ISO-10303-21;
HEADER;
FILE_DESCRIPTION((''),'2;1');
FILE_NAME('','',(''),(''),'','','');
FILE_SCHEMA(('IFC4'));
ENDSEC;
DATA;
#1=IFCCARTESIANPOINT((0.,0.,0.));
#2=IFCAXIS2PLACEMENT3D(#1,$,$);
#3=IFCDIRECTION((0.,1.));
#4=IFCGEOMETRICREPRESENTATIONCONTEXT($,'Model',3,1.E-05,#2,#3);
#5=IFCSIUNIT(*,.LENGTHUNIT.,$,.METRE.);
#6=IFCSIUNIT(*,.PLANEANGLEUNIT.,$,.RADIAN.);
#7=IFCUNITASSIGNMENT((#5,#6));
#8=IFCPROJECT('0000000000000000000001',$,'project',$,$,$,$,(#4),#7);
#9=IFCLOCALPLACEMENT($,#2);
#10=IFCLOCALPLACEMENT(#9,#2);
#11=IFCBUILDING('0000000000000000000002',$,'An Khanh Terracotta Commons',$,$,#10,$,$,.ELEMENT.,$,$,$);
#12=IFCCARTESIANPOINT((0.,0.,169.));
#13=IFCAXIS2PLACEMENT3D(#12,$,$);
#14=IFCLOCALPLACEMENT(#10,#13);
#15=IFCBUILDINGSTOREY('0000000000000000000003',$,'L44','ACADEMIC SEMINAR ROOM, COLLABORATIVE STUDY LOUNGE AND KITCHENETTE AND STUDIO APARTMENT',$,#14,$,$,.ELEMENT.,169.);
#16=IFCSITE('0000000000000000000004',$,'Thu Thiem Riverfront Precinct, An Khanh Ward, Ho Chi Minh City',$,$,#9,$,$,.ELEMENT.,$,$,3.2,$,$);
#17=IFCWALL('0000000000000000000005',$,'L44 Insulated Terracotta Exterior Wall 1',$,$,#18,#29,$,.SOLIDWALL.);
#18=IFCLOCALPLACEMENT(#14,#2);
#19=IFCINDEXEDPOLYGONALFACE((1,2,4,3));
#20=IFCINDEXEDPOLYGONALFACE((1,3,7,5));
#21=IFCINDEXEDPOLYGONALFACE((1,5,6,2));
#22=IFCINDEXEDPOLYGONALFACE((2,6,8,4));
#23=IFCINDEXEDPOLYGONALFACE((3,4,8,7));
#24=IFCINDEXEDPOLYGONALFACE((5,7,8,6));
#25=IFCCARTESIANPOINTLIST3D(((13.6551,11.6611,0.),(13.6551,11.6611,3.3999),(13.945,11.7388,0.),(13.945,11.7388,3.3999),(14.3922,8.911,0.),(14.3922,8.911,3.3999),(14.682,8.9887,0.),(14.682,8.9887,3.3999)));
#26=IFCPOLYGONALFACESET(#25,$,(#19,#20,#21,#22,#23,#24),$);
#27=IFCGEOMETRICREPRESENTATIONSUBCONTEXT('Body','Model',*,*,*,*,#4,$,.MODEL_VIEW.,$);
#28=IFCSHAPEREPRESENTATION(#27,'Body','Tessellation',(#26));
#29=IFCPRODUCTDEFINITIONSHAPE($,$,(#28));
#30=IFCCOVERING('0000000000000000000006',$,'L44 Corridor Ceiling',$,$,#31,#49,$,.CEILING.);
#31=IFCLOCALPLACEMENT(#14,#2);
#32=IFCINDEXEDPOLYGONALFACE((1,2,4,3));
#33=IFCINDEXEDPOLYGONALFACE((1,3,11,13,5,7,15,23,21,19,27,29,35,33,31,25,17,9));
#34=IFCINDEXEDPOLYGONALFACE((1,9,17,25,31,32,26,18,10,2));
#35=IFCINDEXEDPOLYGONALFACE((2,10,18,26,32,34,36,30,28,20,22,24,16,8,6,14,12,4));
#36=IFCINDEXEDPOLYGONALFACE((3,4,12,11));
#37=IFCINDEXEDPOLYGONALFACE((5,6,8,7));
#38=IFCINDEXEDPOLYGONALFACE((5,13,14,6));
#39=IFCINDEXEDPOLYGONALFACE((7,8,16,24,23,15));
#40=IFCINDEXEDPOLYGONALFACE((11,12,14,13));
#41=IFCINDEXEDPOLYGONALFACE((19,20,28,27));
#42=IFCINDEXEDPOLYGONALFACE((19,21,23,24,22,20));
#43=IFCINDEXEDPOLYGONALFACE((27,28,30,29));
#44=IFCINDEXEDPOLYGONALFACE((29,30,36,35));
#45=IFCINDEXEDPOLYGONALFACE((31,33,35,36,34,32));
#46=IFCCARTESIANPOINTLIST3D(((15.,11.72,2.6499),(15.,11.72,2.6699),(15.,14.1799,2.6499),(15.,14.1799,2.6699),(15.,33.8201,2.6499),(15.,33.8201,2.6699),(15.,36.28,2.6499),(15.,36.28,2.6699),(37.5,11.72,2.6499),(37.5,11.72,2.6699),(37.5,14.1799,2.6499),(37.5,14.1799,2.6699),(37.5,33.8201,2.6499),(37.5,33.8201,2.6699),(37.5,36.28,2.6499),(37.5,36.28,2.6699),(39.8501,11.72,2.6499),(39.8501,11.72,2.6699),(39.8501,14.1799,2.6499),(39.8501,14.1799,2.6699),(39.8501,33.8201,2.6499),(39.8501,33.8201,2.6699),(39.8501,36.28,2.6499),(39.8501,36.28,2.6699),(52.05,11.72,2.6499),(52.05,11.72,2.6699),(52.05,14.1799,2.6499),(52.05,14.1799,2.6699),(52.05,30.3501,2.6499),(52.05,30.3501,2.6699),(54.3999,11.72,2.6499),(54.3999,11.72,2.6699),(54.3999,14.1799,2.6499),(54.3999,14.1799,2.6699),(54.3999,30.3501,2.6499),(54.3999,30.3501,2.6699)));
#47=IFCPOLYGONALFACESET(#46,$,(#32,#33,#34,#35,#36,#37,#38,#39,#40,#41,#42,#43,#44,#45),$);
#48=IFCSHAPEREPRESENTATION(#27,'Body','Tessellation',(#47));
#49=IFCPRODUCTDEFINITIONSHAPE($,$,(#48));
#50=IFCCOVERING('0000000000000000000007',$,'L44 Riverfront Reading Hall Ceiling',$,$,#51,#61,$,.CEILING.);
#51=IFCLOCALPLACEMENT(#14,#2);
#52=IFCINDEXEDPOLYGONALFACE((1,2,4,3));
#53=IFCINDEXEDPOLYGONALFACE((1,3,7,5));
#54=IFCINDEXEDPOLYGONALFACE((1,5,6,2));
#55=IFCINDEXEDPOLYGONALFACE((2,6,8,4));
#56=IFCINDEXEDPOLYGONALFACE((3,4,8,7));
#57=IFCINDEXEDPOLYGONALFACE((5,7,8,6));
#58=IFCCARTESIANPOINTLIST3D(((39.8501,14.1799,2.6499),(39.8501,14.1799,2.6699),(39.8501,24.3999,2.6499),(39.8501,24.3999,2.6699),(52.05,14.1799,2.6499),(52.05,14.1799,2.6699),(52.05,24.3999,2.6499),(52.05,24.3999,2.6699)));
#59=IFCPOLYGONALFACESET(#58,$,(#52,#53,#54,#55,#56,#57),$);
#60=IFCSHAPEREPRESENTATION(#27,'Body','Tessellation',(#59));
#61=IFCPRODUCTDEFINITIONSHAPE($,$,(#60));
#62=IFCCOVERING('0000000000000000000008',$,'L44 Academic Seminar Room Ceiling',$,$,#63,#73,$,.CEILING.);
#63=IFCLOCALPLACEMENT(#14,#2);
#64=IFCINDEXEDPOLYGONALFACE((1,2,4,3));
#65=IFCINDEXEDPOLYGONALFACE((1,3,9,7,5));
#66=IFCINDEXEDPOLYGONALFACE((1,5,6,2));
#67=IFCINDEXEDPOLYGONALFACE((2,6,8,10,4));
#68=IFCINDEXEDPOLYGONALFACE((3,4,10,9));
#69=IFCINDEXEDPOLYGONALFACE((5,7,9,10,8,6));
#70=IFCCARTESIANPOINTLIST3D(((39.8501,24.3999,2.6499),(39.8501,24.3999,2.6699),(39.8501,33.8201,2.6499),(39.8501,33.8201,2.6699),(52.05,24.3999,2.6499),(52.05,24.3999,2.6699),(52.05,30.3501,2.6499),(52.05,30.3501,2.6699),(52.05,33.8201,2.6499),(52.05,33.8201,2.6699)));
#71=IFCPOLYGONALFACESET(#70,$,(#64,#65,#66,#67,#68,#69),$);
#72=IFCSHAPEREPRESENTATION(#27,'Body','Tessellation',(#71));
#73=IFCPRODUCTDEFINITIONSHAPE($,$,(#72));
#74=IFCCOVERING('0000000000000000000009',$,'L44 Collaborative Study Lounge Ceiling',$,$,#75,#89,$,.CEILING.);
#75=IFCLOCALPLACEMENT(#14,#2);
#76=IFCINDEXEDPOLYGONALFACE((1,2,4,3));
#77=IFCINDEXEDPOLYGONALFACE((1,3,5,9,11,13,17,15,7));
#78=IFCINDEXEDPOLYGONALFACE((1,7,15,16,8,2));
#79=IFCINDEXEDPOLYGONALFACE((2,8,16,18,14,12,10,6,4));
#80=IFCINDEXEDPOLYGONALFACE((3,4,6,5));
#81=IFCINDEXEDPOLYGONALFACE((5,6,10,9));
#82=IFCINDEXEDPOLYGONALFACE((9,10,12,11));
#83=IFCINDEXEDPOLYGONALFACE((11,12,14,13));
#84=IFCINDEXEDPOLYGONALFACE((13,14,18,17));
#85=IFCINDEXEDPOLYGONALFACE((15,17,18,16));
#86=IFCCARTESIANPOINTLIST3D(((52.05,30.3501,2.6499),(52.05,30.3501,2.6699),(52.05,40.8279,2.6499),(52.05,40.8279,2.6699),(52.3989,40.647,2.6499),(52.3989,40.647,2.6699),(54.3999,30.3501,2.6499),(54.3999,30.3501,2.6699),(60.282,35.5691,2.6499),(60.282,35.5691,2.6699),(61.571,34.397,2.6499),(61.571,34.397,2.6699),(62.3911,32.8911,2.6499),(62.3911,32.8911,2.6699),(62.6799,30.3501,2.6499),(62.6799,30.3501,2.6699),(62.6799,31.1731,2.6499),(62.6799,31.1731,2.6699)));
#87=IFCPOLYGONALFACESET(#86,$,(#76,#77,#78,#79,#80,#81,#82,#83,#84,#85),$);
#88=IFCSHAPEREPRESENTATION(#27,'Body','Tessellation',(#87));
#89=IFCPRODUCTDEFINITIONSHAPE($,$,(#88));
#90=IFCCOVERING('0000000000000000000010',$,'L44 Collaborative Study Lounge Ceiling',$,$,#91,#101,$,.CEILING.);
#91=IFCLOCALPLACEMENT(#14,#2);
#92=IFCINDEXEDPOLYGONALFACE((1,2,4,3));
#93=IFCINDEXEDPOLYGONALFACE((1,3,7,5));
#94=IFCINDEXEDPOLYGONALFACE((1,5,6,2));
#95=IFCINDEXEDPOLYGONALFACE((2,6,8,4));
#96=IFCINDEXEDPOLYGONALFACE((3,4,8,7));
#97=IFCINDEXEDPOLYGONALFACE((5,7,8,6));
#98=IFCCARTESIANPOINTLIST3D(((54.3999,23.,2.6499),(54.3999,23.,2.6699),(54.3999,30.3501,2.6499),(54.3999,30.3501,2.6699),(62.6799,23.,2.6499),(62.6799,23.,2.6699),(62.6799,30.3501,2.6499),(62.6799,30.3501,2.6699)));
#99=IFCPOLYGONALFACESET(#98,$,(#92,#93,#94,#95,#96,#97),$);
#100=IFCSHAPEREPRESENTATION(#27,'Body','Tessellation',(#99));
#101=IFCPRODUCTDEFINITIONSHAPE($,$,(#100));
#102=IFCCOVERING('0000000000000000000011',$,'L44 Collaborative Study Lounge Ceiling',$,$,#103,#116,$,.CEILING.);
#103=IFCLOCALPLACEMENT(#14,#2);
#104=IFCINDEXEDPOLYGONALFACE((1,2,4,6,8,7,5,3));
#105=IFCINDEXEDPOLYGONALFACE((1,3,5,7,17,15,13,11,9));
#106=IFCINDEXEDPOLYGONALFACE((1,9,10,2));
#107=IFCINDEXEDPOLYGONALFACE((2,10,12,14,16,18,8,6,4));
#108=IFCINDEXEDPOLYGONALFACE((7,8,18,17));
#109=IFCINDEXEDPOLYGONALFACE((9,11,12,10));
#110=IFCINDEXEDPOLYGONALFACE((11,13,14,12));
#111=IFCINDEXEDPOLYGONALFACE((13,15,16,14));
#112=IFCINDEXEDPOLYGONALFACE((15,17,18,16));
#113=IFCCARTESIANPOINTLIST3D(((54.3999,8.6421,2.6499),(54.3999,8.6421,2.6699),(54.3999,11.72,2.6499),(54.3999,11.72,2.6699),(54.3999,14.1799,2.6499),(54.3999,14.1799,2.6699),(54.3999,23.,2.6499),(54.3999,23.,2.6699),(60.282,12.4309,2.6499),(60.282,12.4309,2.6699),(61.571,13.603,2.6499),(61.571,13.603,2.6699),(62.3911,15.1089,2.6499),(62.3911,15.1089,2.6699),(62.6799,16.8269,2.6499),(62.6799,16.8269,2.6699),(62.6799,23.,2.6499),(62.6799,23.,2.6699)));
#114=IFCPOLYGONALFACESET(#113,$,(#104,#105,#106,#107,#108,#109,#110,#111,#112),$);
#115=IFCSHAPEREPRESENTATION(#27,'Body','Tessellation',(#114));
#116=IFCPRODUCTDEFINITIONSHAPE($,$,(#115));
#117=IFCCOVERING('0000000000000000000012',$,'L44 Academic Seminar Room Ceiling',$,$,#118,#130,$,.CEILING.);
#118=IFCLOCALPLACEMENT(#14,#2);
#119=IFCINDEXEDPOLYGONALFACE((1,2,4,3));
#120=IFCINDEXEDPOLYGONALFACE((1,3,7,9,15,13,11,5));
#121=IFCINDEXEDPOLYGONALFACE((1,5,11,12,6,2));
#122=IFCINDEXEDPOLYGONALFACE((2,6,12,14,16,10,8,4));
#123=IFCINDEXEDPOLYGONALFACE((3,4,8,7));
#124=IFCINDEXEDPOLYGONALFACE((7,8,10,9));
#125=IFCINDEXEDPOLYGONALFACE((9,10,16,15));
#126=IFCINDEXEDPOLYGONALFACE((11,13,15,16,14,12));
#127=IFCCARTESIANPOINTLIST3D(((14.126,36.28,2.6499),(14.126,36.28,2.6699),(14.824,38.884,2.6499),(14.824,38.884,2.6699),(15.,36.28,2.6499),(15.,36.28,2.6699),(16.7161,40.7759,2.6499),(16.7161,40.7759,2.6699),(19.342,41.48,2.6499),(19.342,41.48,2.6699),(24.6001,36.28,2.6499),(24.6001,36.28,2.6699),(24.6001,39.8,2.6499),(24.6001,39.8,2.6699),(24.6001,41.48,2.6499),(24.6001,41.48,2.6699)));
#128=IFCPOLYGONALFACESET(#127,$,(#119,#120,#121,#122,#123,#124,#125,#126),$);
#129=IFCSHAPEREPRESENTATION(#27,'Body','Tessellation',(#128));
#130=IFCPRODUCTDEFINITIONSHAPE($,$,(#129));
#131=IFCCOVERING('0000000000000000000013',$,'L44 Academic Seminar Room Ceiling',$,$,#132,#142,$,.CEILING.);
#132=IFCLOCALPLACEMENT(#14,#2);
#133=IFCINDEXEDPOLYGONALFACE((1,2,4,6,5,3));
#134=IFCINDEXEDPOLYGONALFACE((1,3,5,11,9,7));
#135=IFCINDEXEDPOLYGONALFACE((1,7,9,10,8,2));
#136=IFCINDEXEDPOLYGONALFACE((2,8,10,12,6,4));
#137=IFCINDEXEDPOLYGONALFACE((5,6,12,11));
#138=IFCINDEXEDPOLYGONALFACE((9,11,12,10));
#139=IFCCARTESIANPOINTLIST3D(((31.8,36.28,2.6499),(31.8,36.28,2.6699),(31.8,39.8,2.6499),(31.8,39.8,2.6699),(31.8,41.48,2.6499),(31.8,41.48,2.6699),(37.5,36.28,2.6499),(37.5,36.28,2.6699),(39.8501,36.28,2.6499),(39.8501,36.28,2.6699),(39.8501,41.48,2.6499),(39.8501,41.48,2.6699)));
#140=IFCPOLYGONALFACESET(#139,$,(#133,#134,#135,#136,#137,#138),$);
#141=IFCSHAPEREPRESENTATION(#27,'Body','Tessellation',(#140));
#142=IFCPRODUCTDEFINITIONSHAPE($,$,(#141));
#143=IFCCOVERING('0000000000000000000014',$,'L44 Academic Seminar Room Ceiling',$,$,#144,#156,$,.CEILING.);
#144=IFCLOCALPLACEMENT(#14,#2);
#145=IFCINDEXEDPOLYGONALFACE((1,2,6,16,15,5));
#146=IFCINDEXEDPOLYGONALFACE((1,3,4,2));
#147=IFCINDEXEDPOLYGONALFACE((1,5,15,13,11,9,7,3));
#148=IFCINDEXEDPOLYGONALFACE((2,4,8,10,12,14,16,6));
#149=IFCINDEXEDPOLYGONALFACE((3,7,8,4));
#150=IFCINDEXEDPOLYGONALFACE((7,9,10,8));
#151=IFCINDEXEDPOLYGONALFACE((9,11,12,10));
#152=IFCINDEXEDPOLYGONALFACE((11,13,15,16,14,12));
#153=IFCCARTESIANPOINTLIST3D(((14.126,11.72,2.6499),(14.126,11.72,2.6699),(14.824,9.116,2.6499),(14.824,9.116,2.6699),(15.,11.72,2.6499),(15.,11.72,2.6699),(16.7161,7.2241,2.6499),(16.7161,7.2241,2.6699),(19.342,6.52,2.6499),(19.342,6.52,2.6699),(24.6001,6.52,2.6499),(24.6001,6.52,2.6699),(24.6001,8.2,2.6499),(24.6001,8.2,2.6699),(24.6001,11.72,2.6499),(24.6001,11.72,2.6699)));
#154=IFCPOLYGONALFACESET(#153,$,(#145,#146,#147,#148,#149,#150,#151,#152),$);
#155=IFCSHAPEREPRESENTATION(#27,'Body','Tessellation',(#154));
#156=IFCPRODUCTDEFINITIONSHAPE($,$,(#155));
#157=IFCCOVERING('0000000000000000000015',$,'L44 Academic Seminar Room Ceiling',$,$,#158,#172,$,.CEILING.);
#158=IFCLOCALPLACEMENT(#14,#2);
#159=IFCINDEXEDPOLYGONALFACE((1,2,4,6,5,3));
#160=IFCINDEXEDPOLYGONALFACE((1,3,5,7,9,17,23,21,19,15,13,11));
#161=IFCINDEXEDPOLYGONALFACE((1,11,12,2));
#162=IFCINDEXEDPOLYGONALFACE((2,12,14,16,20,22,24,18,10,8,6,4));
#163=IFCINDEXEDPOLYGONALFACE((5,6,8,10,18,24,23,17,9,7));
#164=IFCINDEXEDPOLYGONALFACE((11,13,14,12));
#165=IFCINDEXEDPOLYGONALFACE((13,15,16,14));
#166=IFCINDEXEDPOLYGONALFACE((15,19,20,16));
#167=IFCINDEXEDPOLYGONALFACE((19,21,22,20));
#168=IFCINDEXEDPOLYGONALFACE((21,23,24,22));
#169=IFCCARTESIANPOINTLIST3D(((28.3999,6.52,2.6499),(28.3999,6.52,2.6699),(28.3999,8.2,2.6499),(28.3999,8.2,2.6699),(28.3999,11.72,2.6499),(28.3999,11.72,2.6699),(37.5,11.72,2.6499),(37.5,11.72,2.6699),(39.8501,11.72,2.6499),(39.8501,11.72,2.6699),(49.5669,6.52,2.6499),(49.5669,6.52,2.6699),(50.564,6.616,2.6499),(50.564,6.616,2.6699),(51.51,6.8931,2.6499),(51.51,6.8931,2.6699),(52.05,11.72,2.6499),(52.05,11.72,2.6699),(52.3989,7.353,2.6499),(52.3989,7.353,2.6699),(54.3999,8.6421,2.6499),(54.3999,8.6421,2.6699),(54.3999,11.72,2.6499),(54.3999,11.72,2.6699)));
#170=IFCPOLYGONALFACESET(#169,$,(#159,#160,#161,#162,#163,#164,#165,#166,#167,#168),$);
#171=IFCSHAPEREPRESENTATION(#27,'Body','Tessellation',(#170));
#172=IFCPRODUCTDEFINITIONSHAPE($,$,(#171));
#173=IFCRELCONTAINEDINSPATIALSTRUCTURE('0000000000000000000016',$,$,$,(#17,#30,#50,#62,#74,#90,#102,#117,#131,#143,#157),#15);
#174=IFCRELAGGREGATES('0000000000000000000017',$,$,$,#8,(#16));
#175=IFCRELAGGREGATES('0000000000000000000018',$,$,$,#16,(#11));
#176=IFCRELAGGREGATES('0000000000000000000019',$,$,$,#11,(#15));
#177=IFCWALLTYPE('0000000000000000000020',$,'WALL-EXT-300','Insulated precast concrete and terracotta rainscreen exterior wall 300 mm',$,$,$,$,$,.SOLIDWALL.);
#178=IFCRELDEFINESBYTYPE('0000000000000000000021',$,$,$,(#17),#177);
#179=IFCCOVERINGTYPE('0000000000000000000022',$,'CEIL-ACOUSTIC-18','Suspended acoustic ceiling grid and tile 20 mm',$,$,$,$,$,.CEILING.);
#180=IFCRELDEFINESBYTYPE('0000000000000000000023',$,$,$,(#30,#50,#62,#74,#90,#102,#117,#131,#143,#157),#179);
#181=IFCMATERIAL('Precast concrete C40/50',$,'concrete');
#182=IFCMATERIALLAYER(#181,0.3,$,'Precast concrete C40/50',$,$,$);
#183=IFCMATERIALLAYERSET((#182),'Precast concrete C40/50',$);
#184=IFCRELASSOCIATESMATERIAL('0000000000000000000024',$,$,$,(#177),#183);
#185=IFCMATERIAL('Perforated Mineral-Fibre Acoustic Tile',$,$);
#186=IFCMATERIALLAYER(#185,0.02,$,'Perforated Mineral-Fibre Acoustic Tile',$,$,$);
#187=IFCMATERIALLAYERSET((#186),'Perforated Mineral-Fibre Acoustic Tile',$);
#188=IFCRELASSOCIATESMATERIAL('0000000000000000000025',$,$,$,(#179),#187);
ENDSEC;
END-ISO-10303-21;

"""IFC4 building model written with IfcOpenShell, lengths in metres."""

from ifc_helpers import new_model, si_unit, direction, frame, frame_2d, origin, place, context, subcontext, project, spatial, polyline, rectangle, outline, extrude, material, layer, layer_set, type_object, element, save


model = new_model("IFC4")

# Units and contexts
model_context = context("Model", 3, precision=1e-05, world=origin(), true_north=direction((0.0, 1.0)))
body_context = subcontext(model_context, "Body", "Model", "MODEL_VIEW")
ifc_project = project(units=[si_unit("LENGTHUNIT", "METRE"), si_unit("PLANEANGLEUNIT", "RADIAN")], contexts=[model_context])

# Site, building, storey
site_placement = place(None, origin())
site = spatial("IfcSite", under=ifc_project, at=site_placement, Name="Thu Thiem Riverfront Precinct, An Khanh Ward, Ho Chi Minh City", CompositionType="ELEMENT", RefElevation=3.2)
building_placement = place(site_placement, origin())
building = spatial("IfcBuilding", under=site, at=building_placement, Name="An Khanh Terracotta Commons", CompositionType="ELEMENT")
storey_placement = place(building_placement, frame((0.0, 0.0, 169.0)))
storey = spatial("IfcBuildingStorey", under=building, at=storey_placement, Name="L44", Description="ACADEMIC SEMINAR ROOM, COLLABORATIVE STUDY LOUNGE AND KITCHENETTE AND STUDIO APARTMENT", CompositionType="ELEMENT", Elevation=169.0)

# Shared definitions
ifc_material_1 = material(Name="Precast concrete C40/50", Category="concrete")

# Wall
ifc_layer_1 = layer(ifc_material_1, 0.3, Name="Precast concrete C40/50")
ifc_layer_set_1 = layer_set([ifc_layer_1], Name="Precast concrete C40/50")
wall_type = type_object("IfcWallType", Name="WALL-EXT-300", Description="Insulated precast concrete and terracotta rainscreen exterior wall 300 mm", PredefinedType="SOLIDWALL", material=ifc_layer_set_1)
wall_placement = place(storey_placement, frame((13.8, 11.7, 0.0), z_axis=(0.0, 0.0, 1.0), x_axis=(0.258885, -0.965908, 0.0)))
element("IfcWall", 1, at=wall_placement, inside=storey, type_object=wall_type, Name="L44 Insulated Terracotta Exterior Wall 1", PredefinedType="SOLIDWALL", context=body_context, shape_type="SweptSolid", body=[
    extrude(rectangle(XDim=2.8472, YDim=0.3, at=frame_2d((1.4236, 0.0))), origin(), (0.0, 0.0, 1.0), 3.3999),
])

# Coverings
ifc_material_2 = material(Name="Perforated Mineral-Fibre Acoustic Tile")
ifc_layer_2 = layer(ifc_material_2, 0.02, Name="Perforated Mineral-Fibre Acoustic Tile")
ifc_layer_set_2 = layer_set([ifc_layer_2], Name="Perforated Mineral-Fibre Acoustic Tile")
covering_type = type_object("IfcCoveringType", Name="CEIL-ACOUSTIC-18", Description="Suspended acoustic ceiling grid and tile 20 mm", PredefinedType="CEILING", material=ifc_layer_set_2)
covering_1_placement = place(storey_placement, frame((0.0, 0.0, 2.6499)))
element("IfcCovering", 2, at=covering_1_placement, inside=storey, type_object=covering_type, Name="L44 Corridor Ceiling", PredefinedType="CEILING", context=body_context, shape_type="SweptSolid", body=[
    extrude(outline(polyline([(52.05, 30.3501), (54.3999, 30.3501), (54.3999, 14.1799), (54.3999, 11.72), (52.05, 11.72), (39.8501, 11.72), (37.5, 11.72), (15.0, 11.72), (15.0, 14.1799), (37.5, 14.1799), (37.5, 33.8201), (15.0, 33.8201), (15.0, 36.28), (37.5, 36.28), (39.8501, 36.28), (39.8501, 33.8201), (39.8501, 14.1799), (52.05, 14.1799), (52.05, 30.3501)])), origin(), (0.0, 0.0, 1.0), 0.02),
])
covering_2_placement = place(storey_placement, frame((0.0, 0.0, 2.6499)))
element("IfcCovering", 3, at=covering_2_placement, inside=storey, type_object=covering_type, Name="L44 Riverfront Reading Hall Ceiling", PredefinedType="CEILING", context=body_context, shape_type="SweptSolid", body=[
    extrude(outline(polyline([(39.8501, 24.3999), (52.05, 24.3999), (52.05, 14.1799), (39.8501, 14.1799), (39.8501, 24.3999)])), origin(), (0.0, 0.0, 1.0), 0.02),
])
covering_3_placement = place(storey_placement, frame((0.0, 0.0, 2.6499)))
element("IfcCovering", 4, at=covering_3_placement, inside=storey, type_object=covering_type, Name="L44 Academic Seminar Room Ceiling", PredefinedType="CEILING", context=body_context, shape_type="SweptSolid", body=[
    extrude(outline(polyline([(39.8501, 33.8201), (52.05, 33.8201), (52.05, 30.3501), (52.05, 24.3999), (39.8501, 24.3999), (39.8501, 33.8201)])), origin(), (0.0, 0.0, 1.0), 0.02),
])
covering_4_placement = place(storey_placement, frame((0.0, 0.0, 2.6499)))
element("IfcCovering", 5, at=covering_4_placement, inside=storey, type_object=covering_type, Name="L44 Collaborative Study Lounge Ceiling", PredefinedType="CEILING", context=body_context, shape_type="SweptSolid", body=[
    extrude(outline(polyline([(52.3989, 40.647), (60.282, 35.5691), (61.571, 34.397), (62.3911, 32.8911), (62.6799, 31.1731), (62.6799, 30.3501), (54.3999, 30.3501), (52.05, 30.3501), (52.05, 40.8279), (52.3989, 40.647)])), origin(), (0.0, 0.0, 1.0), 0.02),
])
covering_5_placement = place(storey_placement, frame((0.0, 0.0, 2.6499)))
element("IfcCovering", 6, at=covering_5_placement, inside=storey, type_object=covering_type, Name="L44 Collaborative Study Lounge Ceiling", PredefinedType="CEILING", context=body_context, shape_type="SweptSolid", body=[
    extrude(outline(polyline([(62.6799, 23.0), (54.3999, 23.0), (54.3999, 30.3501), (62.6799, 30.3501), (62.6799, 23.0)])), origin(), (0.0, 0.0, 1.0), 0.02),
])
covering_6_placement = place(storey_placement, frame((0.0, 0.0, 2.6499)))
element("IfcCovering", 7, at=covering_6_placement, inside=storey, type_object=covering_type, Name="L44 Collaborative Study Lounge Ceiling", PredefinedType="CEILING", context=body_context, shape_type="SweptSolid", body=[
    extrude(outline(polyline([(62.6799, 16.8269), (62.3911, 15.1089), (61.571, 13.603), (60.282, 12.4309), (54.3999, 8.6421), (54.3999, 11.72), (54.3999, 14.1799), (54.3999, 23.0), (62.6799, 23.0), (62.6799, 16.8269)])), origin(), (0.0, 0.0, 1.0), 0.02),
])
covering_7_placement = place(storey_placement, frame((0.0, 0.0, 2.6499)))
element("IfcCovering", 8, at=covering_7_placement, inside=storey, type_object=covering_type, Name="L44 Academic Seminar Room Ceiling", PredefinedType="CEILING", context=body_context, shape_type="SweptSolid", body=[
    extrude(outline(polyline([(19.342, 41.48), (24.6001, 41.48), (24.6001, 39.8), (24.6001, 36.28), (15.0, 36.28), (14.126, 36.28), (14.824, 38.884), (16.7161, 40.7759), (19.342, 41.48)])), origin(), (0.0, 0.0, 1.0), 0.02),
])
covering_8_placement = place(storey_placement, frame((0.0, 0.0, 2.6499)))
element("IfcCovering", 9, at=covering_8_placement, inside=storey, type_object=covering_type, Name="L44 Academic Seminar Room Ceiling", PredefinedType="CEILING", context=body_context, shape_type="SweptSolid", body=[
    extrude(outline(polyline([(39.8501, 41.48), (39.8501, 36.28), (37.5, 36.28), (31.8, 36.28), (31.8, 39.8), (31.8, 41.48), (39.8501, 41.48)])), origin(), (0.0, 0.0, 1.0), 0.02),
])
covering_9_placement = place(storey_placement, frame((0.0, 0.0, 2.6499)))
element("IfcCovering", 10, at=covering_9_placement, inside=storey, type_object=covering_type, Name="L44 Academic Seminar Room Ceiling", PredefinedType="CEILING", context=body_context, shape_type="SweptSolid", body=[
    extrude(outline(polyline([(19.342, 6.52), (16.7161, 7.2241), (14.824, 9.116), (14.126, 11.72), (15.0, 11.72), (24.6001, 11.72), (24.6001, 8.2), (24.6001, 6.52), (19.342, 6.52)])), origin(), (0.0, 0.0, 1.0), 0.02),
])
covering_10_placement = place(storey_placement, frame((0.0, 0.0, 2.6499)))
element("IfcCovering", 11, at=covering_10_placement, inside=storey, type_object=covering_type, Name="L44 Academic Seminar Room Ceiling", PredefinedType="CEILING", context=body_context, shape_type="SweptSolid", body=[
    extrude(outline(polyline([(52.3989, 7.353), (51.51, 6.8931), (50.564, 6.616), (49.5669, 6.52), (28.3999, 6.52), (28.3999, 8.2), (28.3999, 11.72), (37.5, 11.72), (39.8501, 11.72), (52.05, 11.72), (54.3999, 11.72), (54.3999, 8.6421), (52.3989, 7.353)])), origin(), (0.0, 0.0, 1.0), 0.02),
])

save(model, "model.ifc")
